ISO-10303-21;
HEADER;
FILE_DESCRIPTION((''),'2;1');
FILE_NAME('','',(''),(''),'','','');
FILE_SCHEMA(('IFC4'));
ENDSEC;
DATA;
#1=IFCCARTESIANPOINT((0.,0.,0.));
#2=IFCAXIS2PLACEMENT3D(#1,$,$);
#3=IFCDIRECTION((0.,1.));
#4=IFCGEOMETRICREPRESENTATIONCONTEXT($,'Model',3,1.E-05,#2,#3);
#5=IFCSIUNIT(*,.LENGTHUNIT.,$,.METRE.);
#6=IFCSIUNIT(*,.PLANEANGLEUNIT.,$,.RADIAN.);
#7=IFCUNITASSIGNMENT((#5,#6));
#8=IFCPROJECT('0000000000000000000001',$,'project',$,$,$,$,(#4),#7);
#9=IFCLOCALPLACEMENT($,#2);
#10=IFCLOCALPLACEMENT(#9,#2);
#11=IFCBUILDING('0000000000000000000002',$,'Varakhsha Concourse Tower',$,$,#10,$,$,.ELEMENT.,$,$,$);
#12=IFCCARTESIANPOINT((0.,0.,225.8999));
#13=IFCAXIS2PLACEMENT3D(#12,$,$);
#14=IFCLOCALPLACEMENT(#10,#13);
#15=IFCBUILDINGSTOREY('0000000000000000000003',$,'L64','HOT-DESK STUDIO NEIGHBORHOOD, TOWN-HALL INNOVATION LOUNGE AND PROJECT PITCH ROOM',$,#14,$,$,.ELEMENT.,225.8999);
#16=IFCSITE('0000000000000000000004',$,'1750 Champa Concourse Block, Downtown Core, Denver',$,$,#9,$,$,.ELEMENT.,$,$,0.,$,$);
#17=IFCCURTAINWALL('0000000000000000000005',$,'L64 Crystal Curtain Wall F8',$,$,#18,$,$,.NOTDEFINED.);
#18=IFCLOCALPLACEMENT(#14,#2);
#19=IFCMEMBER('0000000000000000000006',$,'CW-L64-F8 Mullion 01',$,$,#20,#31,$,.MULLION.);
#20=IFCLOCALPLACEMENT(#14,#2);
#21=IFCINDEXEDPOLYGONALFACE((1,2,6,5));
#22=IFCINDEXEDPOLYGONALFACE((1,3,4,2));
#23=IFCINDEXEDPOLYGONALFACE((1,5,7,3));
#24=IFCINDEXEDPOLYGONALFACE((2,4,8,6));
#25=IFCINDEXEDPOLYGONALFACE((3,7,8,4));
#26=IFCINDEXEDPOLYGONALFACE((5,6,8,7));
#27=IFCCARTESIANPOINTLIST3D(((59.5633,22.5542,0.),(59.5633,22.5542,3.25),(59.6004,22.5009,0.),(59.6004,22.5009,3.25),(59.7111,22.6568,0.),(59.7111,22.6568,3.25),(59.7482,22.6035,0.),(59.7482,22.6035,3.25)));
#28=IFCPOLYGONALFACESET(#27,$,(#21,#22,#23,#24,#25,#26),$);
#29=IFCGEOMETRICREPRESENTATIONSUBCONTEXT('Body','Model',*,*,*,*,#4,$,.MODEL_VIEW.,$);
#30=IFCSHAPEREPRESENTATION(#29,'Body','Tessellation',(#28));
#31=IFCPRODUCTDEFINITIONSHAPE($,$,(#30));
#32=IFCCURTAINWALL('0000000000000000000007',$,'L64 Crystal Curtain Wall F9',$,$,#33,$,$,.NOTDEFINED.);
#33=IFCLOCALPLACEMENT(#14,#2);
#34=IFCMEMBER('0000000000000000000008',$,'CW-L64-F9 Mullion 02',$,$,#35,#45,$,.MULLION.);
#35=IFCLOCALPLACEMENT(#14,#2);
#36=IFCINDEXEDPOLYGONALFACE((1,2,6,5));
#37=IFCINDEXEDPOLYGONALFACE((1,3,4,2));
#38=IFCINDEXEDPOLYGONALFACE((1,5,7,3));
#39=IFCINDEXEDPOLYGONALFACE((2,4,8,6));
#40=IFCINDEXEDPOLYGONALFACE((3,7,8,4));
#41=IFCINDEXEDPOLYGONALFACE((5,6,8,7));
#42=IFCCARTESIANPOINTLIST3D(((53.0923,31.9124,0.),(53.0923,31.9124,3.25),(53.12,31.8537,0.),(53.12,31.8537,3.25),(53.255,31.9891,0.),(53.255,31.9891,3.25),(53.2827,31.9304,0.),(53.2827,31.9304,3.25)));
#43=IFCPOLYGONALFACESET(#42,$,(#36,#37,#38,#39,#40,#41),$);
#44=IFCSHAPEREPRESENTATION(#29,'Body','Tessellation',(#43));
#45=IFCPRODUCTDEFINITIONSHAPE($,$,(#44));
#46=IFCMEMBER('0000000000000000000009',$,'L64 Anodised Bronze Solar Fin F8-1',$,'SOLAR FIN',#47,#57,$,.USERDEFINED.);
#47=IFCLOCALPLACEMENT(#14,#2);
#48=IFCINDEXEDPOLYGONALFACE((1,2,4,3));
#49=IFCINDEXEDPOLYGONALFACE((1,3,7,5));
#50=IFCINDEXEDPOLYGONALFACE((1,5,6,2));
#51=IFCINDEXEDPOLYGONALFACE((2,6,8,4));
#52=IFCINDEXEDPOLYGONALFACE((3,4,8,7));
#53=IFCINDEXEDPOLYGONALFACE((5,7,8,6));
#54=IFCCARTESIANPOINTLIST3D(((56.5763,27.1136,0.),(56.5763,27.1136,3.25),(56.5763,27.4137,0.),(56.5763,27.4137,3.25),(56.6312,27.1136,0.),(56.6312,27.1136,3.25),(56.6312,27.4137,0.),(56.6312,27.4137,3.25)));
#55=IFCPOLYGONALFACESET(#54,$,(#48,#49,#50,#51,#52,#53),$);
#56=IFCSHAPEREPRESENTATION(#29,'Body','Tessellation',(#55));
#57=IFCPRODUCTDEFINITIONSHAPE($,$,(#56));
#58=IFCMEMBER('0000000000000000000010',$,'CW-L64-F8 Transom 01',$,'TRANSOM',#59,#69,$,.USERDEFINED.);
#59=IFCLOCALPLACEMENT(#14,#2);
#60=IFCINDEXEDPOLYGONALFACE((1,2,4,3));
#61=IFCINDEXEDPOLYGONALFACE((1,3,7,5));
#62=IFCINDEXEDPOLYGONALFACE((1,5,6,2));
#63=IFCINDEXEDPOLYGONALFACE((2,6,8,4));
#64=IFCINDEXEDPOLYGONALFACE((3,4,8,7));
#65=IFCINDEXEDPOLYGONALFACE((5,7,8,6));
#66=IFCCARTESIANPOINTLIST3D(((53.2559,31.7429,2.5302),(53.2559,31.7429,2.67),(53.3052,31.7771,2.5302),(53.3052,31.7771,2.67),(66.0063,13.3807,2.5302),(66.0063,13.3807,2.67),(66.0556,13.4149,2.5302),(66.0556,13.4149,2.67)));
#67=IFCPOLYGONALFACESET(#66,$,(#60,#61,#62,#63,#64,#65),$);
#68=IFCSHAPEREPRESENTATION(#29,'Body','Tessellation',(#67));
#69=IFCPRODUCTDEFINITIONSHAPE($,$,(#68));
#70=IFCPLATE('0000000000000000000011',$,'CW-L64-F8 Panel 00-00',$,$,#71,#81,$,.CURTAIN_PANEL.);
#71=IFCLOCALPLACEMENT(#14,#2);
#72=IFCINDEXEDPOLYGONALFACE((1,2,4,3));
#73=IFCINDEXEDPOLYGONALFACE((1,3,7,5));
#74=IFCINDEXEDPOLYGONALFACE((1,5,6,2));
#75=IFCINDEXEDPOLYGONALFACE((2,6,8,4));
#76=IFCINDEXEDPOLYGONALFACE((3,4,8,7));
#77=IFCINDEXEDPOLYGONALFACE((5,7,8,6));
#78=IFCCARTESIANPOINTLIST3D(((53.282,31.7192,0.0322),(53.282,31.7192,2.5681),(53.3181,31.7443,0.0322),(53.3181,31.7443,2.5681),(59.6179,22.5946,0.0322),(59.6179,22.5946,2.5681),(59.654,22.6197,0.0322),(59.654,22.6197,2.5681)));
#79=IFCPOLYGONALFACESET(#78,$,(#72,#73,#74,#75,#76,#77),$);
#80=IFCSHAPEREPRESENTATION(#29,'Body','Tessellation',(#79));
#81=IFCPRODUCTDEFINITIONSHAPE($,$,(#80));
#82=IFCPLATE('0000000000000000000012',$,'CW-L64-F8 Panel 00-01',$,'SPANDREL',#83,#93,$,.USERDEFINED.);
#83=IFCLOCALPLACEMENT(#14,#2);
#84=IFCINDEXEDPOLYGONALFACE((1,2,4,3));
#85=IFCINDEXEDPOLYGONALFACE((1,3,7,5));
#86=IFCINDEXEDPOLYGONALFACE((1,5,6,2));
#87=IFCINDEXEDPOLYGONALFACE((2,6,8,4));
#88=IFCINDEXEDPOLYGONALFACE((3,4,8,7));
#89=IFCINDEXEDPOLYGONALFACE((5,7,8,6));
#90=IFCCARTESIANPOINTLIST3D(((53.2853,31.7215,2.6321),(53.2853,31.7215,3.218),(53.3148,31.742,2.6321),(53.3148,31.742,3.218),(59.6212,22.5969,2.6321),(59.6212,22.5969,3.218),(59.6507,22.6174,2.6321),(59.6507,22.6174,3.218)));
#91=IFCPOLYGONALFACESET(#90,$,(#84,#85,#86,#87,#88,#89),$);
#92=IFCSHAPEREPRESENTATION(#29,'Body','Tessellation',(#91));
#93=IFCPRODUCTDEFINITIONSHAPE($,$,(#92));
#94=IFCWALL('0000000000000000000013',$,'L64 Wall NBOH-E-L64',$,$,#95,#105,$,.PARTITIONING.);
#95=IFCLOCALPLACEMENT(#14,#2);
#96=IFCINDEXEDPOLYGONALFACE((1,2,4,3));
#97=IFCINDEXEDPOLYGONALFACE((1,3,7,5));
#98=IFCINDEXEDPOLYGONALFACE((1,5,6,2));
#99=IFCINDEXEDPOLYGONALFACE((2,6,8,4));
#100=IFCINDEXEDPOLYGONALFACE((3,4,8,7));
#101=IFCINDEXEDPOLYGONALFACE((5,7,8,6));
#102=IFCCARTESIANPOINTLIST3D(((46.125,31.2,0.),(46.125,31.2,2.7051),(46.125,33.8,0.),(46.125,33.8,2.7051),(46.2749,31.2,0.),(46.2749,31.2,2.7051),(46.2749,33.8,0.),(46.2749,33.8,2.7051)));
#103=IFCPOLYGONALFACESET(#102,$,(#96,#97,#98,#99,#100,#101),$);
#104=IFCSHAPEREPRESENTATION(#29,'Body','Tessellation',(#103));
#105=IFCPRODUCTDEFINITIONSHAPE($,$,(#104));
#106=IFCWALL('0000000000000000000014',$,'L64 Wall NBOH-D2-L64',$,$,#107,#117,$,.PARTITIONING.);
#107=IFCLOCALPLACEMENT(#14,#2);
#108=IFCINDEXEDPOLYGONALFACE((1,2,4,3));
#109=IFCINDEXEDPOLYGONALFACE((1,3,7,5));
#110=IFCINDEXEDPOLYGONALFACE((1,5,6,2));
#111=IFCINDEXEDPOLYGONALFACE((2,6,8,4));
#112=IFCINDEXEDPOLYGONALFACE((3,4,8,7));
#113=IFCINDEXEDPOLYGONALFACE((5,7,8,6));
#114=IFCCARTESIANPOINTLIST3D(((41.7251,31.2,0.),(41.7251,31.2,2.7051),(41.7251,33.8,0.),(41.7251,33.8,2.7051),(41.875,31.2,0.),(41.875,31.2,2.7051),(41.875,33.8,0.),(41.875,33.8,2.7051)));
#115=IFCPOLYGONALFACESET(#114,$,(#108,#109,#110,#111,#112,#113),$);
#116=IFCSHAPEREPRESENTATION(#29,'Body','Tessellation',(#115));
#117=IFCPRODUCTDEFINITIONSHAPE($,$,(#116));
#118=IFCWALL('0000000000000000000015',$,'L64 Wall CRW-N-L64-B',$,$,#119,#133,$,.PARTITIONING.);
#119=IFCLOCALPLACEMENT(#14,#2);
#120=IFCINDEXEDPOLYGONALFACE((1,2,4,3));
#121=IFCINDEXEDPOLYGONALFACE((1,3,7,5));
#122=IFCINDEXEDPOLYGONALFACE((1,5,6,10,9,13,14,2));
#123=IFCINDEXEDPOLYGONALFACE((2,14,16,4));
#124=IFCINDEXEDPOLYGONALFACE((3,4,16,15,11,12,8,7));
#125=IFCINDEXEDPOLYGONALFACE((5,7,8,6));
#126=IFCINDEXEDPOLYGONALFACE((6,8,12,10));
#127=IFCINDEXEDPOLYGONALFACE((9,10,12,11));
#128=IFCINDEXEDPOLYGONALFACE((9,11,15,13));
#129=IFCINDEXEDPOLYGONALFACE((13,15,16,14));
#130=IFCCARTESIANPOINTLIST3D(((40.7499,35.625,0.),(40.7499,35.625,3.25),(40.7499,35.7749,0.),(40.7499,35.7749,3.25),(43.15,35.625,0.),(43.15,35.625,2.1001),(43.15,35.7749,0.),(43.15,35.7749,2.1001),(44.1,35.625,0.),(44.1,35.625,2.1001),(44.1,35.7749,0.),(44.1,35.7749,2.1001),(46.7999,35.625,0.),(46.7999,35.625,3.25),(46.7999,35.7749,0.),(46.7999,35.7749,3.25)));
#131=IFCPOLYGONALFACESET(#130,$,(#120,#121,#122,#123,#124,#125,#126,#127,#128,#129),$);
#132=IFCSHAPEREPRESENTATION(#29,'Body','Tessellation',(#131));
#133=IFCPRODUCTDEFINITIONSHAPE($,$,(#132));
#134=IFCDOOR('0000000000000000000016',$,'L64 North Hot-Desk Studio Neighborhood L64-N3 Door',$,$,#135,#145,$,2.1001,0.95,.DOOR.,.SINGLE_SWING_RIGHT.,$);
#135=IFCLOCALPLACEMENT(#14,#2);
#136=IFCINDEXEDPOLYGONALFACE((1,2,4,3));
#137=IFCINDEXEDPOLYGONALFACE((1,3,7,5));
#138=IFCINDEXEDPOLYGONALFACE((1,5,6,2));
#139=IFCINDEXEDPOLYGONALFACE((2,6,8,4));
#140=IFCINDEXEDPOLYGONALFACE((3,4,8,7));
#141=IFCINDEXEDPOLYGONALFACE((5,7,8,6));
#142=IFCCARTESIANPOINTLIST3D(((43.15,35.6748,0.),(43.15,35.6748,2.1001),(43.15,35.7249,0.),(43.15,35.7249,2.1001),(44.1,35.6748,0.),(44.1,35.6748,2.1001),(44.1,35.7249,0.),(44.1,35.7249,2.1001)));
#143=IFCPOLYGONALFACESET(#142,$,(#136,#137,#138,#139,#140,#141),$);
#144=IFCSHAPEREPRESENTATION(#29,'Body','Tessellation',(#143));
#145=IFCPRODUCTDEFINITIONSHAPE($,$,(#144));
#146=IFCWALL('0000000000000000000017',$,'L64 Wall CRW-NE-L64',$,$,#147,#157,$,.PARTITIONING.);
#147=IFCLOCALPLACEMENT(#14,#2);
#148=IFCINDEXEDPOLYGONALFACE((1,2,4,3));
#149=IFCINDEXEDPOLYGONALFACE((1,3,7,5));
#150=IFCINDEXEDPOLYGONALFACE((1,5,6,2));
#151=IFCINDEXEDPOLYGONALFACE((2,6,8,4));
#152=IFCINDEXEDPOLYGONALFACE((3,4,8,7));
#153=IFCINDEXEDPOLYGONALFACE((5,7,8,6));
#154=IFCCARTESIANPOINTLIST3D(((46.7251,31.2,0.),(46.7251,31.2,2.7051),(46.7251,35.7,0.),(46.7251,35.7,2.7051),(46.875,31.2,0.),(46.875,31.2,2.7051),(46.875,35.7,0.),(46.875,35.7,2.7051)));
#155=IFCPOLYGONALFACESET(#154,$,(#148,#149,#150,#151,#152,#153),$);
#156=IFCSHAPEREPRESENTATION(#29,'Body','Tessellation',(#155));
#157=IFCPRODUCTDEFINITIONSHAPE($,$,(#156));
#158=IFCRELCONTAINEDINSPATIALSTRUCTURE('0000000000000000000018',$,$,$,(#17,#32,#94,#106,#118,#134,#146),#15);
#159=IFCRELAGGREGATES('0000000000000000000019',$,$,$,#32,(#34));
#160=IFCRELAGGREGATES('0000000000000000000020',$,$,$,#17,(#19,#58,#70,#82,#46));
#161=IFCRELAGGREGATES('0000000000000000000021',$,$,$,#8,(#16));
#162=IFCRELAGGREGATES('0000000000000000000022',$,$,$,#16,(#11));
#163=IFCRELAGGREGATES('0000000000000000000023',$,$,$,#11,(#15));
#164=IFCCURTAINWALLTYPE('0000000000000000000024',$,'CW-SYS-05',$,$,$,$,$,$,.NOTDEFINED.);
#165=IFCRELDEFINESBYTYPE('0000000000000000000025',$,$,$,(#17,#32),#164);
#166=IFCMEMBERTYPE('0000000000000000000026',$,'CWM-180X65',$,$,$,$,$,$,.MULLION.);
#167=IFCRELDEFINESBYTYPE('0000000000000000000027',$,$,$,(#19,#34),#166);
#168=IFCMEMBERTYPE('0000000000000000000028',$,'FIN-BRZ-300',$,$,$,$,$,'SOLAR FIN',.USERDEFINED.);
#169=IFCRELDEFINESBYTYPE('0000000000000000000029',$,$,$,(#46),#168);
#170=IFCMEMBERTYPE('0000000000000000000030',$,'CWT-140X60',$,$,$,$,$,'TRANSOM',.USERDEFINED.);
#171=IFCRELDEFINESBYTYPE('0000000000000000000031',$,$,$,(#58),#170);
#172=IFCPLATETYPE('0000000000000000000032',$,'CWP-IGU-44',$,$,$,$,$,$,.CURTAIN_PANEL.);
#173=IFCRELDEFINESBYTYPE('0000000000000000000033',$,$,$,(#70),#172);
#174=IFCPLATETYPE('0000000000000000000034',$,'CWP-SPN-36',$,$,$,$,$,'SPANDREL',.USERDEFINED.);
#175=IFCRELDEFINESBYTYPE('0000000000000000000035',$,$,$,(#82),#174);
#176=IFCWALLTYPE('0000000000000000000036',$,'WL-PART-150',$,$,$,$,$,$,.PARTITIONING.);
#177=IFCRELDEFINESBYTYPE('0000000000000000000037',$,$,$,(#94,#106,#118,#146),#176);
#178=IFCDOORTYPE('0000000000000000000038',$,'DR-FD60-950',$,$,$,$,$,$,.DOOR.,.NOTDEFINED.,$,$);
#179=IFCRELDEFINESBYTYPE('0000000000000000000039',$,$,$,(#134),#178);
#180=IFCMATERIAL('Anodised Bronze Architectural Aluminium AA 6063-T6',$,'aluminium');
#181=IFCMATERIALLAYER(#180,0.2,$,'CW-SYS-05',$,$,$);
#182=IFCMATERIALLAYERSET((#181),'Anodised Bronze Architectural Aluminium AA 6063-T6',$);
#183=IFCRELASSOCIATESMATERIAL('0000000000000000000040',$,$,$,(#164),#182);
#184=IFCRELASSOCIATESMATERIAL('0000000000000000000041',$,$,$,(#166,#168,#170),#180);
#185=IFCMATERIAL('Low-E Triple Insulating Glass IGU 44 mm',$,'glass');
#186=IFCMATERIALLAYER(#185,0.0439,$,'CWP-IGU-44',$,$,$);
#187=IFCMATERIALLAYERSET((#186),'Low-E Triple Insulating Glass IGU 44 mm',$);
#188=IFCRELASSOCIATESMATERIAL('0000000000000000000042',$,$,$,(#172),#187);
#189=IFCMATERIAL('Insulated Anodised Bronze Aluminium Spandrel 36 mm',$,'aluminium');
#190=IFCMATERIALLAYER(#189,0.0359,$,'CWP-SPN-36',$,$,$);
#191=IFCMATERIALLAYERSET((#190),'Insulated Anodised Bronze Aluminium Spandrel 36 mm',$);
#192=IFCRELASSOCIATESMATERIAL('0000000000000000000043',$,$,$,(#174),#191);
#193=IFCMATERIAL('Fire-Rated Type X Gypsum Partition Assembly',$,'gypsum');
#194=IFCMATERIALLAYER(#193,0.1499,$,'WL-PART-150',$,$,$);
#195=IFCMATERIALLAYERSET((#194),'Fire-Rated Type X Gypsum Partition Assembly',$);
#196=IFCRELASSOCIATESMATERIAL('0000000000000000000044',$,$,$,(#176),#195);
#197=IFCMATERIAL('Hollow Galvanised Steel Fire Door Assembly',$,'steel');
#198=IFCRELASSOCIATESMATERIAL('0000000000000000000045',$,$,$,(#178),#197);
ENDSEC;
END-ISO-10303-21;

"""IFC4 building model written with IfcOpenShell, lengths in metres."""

from ifc_helpers import new_model, si_unit, direction, frame, frame_2d, origin, origin_2d, place, context, subcontext, project, spatial, rectangle, extrude, source, transform, mapped, material, layer, layer_set, material_profile, profile_set, type_object, type_shapes, element, fill, aggregate, save


model = new_model("IFC4")

# Units and contexts
model_context = context("Model", 3, precision=1e-05, world=origin(), true_north=direction((0.0, 1.0)))
body_context = subcontext(model_context, "Body", "Model", "MODEL_VIEW")
ifc_project = project(units=[si_unit("LENGTHUNIT", "METRE"), si_unit("PLANEANGLEUNIT", "RADIAN")], contexts=[model_context])

# Site, building, storey
site_placement = place(None, origin())
site = spatial("IfcSite", under=ifc_project, at=site_placement, Name="1750 Champa Concourse Block, Downtown Core, Denver", CompositionType="ELEMENT", RefElevation=0.0)
building_placement = place(site_placement, origin())
building = spatial("IfcBuilding", under=site, at=building_placement, Name="Varakhsha Concourse Tower", CompositionType="ELEMENT")
storey_placement = place(building_placement, frame((0.0, 0.0, 225.8999)))
storey = spatial("IfcBuildingStorey", under=building, at=storey_placement, Name="L64", Description="HOT-DESK STUDIO NEIGHBORHOOD, TOWN-HALL INNOVATION LOUNGE AND PROJECT PITCH ROOM", CompositionType="ELEMENT", Elevation=225.8999)

# Curtain wall, member
ifc_material_1 = material(Name="Anodised Bronze Architectural Aluminium AA 6063-T6", Category="aluminium")
ifc_layer_1 = layer(ifc_material_1, 0.2, Name="CW-SYS-05")
ifc_layer_set_1 = layer_set([ifc_layer_1], Name="Anodised Bronze Architectural Aluminium AA 6063-T6")
curtain_wall_type = type_object("IfcCurtainWallType", Name="CW-SYS-05", PredefinedType="NOTDEFINED", material=ifc_layer_set_1)
curtain_wall_1_placement = place(storey_placement, origin())
curtain_wall_1 = element("IfcCurtainWall", 1, at=curtain_wall_1_placement, inside=storey, type_object=curtain_wall_type, Name="L64 Crystal Curtain Wall F8", PredefinedType="NOTDEFINED")
ifc_material_profile_1 = material_profile(ifc_material_1, rectangle(XDim=0.0649, YDim=0.1799, at=origin_2d()), Name="CWM-180X65")
ifc_profile_set_1 = profile_set([ifc_material_profile_1], Name="Anodised Bronze Architectural Aluminium AA 6063-T6")
member_type_1 = type_object("IfcMemberType", Name="CWM-180X65", PredefinedType="MULLION", material=ifc_profile_set_1)
shared_shape_1 = source(origin(), body_context, "Body", "SweptSolid", [
    extrude(rectangle(XDim=0.0649, YDim=0.1799, at=origin_2d()), origin(), (0.0, 0.0, 1.0), 3.25),
])
type_shapes(member_type_1, [shared_shape_1])
member_1_placement = place(storey_placement, frame((59.6558, 22.5789, 0.0), z_axis=(0.0, 0.0, 1.0), x_axis=(0.570361, -0.821394, 0.0)))
member_1 = element("IfcMember", 2, at=member_1_placement, type_object=member_type_1, Name="CW-L64-F8 Mullion 01", PredefinedType="MULLION", context=body_context, shape_type="MappedRepresentation", body=[
    mapped(shared_shape_1, transform((0.0, 0.0, 0.0), scale=1.0)),
])

# Curtain wall, member
curtain_wall_2_placement = place(storey_placement, origin())
curtain_wall_2 = element("IfcCurtainWall", 3, at=curtain_wall_2_placement, inside=storey, type_object=curtain_wall_type, Name="L64 Crystal Curtain Wall F9", PredefinedType="NOTDEFINED")
member_2_placement = place(storey_placement, frame((53.1875, 31.9214, 0.0), z_axis=(0.0, 0.0, 1.0), x_axis=(0.426172, -0.904642, 0.0)))
member_2 = element("IfcMember", 4, at=member_2_placement, type_object=member_type_1, Name="CW-L64-F9 Mullion 02", PredefinedType="MULLION", context=body_context, shape_type="MappedRepresentation", body=[
    mapped(shared_shape_1, transform((0.0, 0.0, 0.0), scale=1.0)),
])
aggregate(curtain_wall_2, [member_2])

# Members
ifc_material_profile_2 = material_profile(ifc_material_1, rectangle(XDim=0.0549, YDim=0.3, at=origin_2d()), Name="FIN-BRZ-300")
ifc_profile_set_2 = profile_set([ifc_material_profile_2], Name="Anodised Bronze Architectural Aluminium AA 6063-T6")
member_type_2 = type_object("IfcMemberType", Name="FIN-BRZ-300", ElementType="SOLAR FIN", PredefinedType="USERDEFINED", material=ifc_profile_set_2)
shared_shape_2 = source(origin(), body_context, "Body", "SweptSolid", [
    extrude(rectangle(XDim=0.0549, YDim=0.3, at=origin_2d()), origin(), (0.0, 0.0, 1.0), 3.25),
])
type_shapes(member_type_2, [shared_shape_2])
member_3_placement = place(storey_placement, frame((56.6038, 27.2637, 0.0), z_axis=(0.0, 0.0, 1.0), x_axis=(1.0, 0.0, 0.0)))
member_3 = element("IfcMember", 5, at=member_3_placement, type_object=member_type_2, Name="L64 Anodised Bronze Solar Fin F8-1", ObjectType="SOLAR FIN", PredefinedType="USERDEFINED", context=body_context, shape_type="MappedRepresentation", body=[
    mapped(shared_shape_2, transform((0.0, 0.0, 0.0), scale=1.0)),
])
ifc_material_profile_3 = material_profile(ifc_material_1, rectangle(XDim=0.0601, YDim=0.1399, at=origin_2d()), Name="CWT-140X60")
ifc_profile_set_3 = profile_set([ifc_material_profile_3], Name="Anodised Bronze Architectural Aluminium AA 6063-T6")
member_type_3 = type_object("IfcMemberType", Name="CWT-140X60", ElementType="TRANSOM", PredefinedType="USERDEFINED", material=ifc_profile_set_3)
shared_shape_3 = source(origin(), body_context, "Body", "SweptSolid", [
    extrude(rectangle(XDim=0.0601, YDim=0.1399, at=origin_2d()), origin(), (0.0, 0.0, 1.0), 22.355),
])
type_shapes(member_type_3, [shared_shape_3])
member_4_placement = place(storey_placement, frame((53.2805, 31.76, 2.6001), z_axis=(0.570362, -0.821393, 0.0), x_axis=(0.821393, 0.570362, 0.0)))
member_4 = element("IfcMember", 6, at=member_4_placement, type_object=member_type_3, Name="CW-L64-F8 Transom 01", ObjectType="TRANSOM", PredefinedType="USERDEFINED", context=body_context, shape_type="MappedRepresentation", body=[
    mapped(shared_shape_3, transform((0.0, 0.0, 0.0), scale=1.0)),
])

# Plates
ifc_material_2 = material(Name="Low-E Triple Insulating Glass IGU 44 mm", Category="glass")
ifc_layer_2 = layer(ifc_material_2, 0.0439, Name="CWP-IGU-44")
ifc_layer_set_2 = layer_set([ifc_layer_2], Name="Low-E Triple Insulating Glass IGU 44 mm")
plate_type_1 = type_object("IfcPlateType", Name="CWP-IGU-44", PredefinedType="CURTAIN_PANEL", material=ifc_layer_set_2)
shared_shape_4 = source(origin(), body_context, "Body", "SweptSolid", [
    extrude(rectangle(XDim=11.1086, YDim=0.0439, at=origin_2d()), origin(), (0.0, 0.0, 1.0), 2.5359),
])
type_shapes(plate_type_1, [shared_shape_4])
plate_1_placement = place(storey_placement, frame((56.468, 27.1694, 0.0322), z_axis=(0.0, 0.0, 1.0), x_axis=(0.570361, -0.821394, 0.0)))
plate_1 = element("IfcPlate", 7, at=plate_1_placement, type_object=plate_type_1, Name="CW-L64-F8 Panel 00-00", PredefinedType="CURTAIN_PANEL", context=body_context, shape_type="MappedRepresentation", body=[
    mapped(shared_shape_4, transform((0.0, 0.0, 0.0), scale=1.0)),
])
ifc_material_3 = material(Name="Insulated Anodised Bronze Aluminium Spandrel 36 mm", Category="aluminium")
ifc_layer_3 = layer(ifc_material_3, 0.0359, Name="CWP-SPN-36")
ifc_layer_set_3 = layer_set([ifc_layer_3], Name="Insulated Anodised Bronze Aluminium Spandrel 36 mm")
plate_type_2 = type_object("IfcPlateType", Name="CWP-SPN-36", ElementType="SPANDREL", PredefinedType="USERDEFINED", material=ifc_layer_set_3)
shared_shape_5 = source(origin(), body_context, "Body", "SweptSolid", [
    extrude(rectangle(XDim=11.1086, YDim=0.0359, at=origin_2d()), origin(), (0.0, 0.0, 1.0), 0.5859),
])
type_shapes(plate_type_2, [shared_shape_5])
plate_2_placement = place(storey_placement, frame((56.468, 27.1694, 2.6321), z_axis=(0.0, 0.0, 1.0), x_axis=(0.570361, -0.821394, 0.0)))
plate_2 = element("IfcPlate", 8, at=plate_2_placement, type_object=plate_type_2, Name="CW-L64-F8 Panel 00-01", ObjectType="SPANDREL", PredefinedType="USERDEFINED", context=body_context, shape_type="MappedRepresentation", body=[
    mapped(shared_shape_5, transform((0.0, 0.0, 0.0), scale=1.0)),
])
aggregate(curtain_wall_1, [member_1, member_4, plate_1, plate_2, member_3])

# Walls
ifc_material_4 = material(Name="Fire-Rated Type X Gypsum Partition Assembly", Category="gypsum")
ifc_layer_4 = layer(ifc_material_4, 0.1499, Name="WL-PART-150")
ifc_layer_set_4 = layer_set([ifc_layer_4], Name="Fire-Rated Type X Gypsum Partition Assembly")
wall_type_1 = type_object("IfcWallType", Name="WL-PART-150", PredefinedType="PARTITIONING", material=ifc_layer_set_4)
for number, where, z_axis, x_axis, name in (
    (9, (46.2, 31.2, 0.0), (0.0, 0.0, 1.0), (0.0, 1.0, 0.0), "L64 Wall NBOH-E-L64"),
    (10, (41.8, 31.2, 0.0), (0.0, 0.0, 1.0), (0.0, 1.0, 0.0), "L64 Wall NBOH-D2-L64"),
):
    element("IfcWall", number, at=place(storey_placement, frame(where, z_axis=z_axis, x_axis=x_axis)), inside=storey, type_object=wall_type_1, Name=name, PredefinedType="PARTITIONING", context=body_context, shape_type="SweptSolid", body=[
        extrude(rectangle(XDim=2.6001, YDim=0.1499, at=frame_2d((1.3, 0.0))), origin(), (0.0, 0.0, 1.0), 2.7051),
    ])

# Wall, opening, door
wall_1_placement = place(storey_placement, frame((40.75, 35.7, 0.0), z_axis=(0.0, 0.0, 1.0), x_axis=(1.0, 0.0, 0.0)))
wall_1 = element("IfcWall", 11, at=wall_1_placement, inside=storey, type_object=wall_type_1, Name="L64 Wall CRW-N-L64-B", PredefinedType="PARTITIONING", context=body_context, shape_type="SweptSolid", body=[
    extrude(rectangle(XDim=6.05, YDim=0.1499, at=frame_2d((3.0249, 0.0))), origin(), (0.0, 0.0, 1.0), 3.25),
])
opening_1_placement = place(wall_1_placement, frame((2.3999, 0.0, 0.0)))
opening_1 = element("IfcOpeningElement", 12, at=opening_1_placement, cuts=wall_1, PredefinedType="OPENING", context=body_context, shape_type="SweptSolid", body=[
    extrude(rectangle(XDim=0.95, YDim=2.1001, at=frame_2d((0.4751, 1.05))), frame((0.0, 0.085, 0.0), z_axis=(0.0, -1.0, 0.0), x_axis=(1.0, 0.0, 0.0)), (0.0, 0.0, 1.0), 0.1699),
])
ifc_material_5 = material(Name="Hollow Galvanised Steel Fire Door Assembly", Category="steel")
door_type = type_object("IfcDoorType", Name="DR-FD60-950", OperationType="NOTDEFINED", PredefinedType="DOOR", material=ifc_material_5)
door_1_placement = place(opening_1_placement, origin())
door_1 = element("IfcDoor", 13, at=door_1_placement, inside=storey, type_object=door_type, Name="L64 North Hot-Desk Studio Neighborhood L64-N3 Door", OperationType="SINGLE_SWING_RIGHT", OverallHeight=2.1001, OverallWidth=0.95, PredefinedType="DOOR", context=body_context, shape_type="SweptSolid", body=[
    extrude(rectangle(XDim=0.95, YDim=2.1001, at=frame_2d((0.4751, 1.05))), frame((0.0, 0.0249, 0.0), z_axis=(0.0, -1.0, 0.0), x_axis=(1.0, 0.0, 0.0)), (0.0, 0.0, 1.0), 0.05),
])
fill(opening_1, door_1)

# Wall
wall_2_placement = place(storey_placement, frame((46.8, 31.2, 0.0), z_axis=(0.0, 0.0, 1.0), x_axis=(0.0, 1.0, 0.0)))
element("IfcWall", 14, at=wall_2_placement, inside=storey, type_object=wall_type_1, Name="L64 Wall CRW-NE-L64", PredefinedType="PARTITIONING", context=body_context, shape_type="SweptSolid", body=[
    extrude(rectangle(XDim=4.5, YDim=0.1499, at=frame_2d((2.25, 0.0))), origin(), (0.0, 0.0, 1.0), 2.7051),
])

save(model, "model.ifc")
